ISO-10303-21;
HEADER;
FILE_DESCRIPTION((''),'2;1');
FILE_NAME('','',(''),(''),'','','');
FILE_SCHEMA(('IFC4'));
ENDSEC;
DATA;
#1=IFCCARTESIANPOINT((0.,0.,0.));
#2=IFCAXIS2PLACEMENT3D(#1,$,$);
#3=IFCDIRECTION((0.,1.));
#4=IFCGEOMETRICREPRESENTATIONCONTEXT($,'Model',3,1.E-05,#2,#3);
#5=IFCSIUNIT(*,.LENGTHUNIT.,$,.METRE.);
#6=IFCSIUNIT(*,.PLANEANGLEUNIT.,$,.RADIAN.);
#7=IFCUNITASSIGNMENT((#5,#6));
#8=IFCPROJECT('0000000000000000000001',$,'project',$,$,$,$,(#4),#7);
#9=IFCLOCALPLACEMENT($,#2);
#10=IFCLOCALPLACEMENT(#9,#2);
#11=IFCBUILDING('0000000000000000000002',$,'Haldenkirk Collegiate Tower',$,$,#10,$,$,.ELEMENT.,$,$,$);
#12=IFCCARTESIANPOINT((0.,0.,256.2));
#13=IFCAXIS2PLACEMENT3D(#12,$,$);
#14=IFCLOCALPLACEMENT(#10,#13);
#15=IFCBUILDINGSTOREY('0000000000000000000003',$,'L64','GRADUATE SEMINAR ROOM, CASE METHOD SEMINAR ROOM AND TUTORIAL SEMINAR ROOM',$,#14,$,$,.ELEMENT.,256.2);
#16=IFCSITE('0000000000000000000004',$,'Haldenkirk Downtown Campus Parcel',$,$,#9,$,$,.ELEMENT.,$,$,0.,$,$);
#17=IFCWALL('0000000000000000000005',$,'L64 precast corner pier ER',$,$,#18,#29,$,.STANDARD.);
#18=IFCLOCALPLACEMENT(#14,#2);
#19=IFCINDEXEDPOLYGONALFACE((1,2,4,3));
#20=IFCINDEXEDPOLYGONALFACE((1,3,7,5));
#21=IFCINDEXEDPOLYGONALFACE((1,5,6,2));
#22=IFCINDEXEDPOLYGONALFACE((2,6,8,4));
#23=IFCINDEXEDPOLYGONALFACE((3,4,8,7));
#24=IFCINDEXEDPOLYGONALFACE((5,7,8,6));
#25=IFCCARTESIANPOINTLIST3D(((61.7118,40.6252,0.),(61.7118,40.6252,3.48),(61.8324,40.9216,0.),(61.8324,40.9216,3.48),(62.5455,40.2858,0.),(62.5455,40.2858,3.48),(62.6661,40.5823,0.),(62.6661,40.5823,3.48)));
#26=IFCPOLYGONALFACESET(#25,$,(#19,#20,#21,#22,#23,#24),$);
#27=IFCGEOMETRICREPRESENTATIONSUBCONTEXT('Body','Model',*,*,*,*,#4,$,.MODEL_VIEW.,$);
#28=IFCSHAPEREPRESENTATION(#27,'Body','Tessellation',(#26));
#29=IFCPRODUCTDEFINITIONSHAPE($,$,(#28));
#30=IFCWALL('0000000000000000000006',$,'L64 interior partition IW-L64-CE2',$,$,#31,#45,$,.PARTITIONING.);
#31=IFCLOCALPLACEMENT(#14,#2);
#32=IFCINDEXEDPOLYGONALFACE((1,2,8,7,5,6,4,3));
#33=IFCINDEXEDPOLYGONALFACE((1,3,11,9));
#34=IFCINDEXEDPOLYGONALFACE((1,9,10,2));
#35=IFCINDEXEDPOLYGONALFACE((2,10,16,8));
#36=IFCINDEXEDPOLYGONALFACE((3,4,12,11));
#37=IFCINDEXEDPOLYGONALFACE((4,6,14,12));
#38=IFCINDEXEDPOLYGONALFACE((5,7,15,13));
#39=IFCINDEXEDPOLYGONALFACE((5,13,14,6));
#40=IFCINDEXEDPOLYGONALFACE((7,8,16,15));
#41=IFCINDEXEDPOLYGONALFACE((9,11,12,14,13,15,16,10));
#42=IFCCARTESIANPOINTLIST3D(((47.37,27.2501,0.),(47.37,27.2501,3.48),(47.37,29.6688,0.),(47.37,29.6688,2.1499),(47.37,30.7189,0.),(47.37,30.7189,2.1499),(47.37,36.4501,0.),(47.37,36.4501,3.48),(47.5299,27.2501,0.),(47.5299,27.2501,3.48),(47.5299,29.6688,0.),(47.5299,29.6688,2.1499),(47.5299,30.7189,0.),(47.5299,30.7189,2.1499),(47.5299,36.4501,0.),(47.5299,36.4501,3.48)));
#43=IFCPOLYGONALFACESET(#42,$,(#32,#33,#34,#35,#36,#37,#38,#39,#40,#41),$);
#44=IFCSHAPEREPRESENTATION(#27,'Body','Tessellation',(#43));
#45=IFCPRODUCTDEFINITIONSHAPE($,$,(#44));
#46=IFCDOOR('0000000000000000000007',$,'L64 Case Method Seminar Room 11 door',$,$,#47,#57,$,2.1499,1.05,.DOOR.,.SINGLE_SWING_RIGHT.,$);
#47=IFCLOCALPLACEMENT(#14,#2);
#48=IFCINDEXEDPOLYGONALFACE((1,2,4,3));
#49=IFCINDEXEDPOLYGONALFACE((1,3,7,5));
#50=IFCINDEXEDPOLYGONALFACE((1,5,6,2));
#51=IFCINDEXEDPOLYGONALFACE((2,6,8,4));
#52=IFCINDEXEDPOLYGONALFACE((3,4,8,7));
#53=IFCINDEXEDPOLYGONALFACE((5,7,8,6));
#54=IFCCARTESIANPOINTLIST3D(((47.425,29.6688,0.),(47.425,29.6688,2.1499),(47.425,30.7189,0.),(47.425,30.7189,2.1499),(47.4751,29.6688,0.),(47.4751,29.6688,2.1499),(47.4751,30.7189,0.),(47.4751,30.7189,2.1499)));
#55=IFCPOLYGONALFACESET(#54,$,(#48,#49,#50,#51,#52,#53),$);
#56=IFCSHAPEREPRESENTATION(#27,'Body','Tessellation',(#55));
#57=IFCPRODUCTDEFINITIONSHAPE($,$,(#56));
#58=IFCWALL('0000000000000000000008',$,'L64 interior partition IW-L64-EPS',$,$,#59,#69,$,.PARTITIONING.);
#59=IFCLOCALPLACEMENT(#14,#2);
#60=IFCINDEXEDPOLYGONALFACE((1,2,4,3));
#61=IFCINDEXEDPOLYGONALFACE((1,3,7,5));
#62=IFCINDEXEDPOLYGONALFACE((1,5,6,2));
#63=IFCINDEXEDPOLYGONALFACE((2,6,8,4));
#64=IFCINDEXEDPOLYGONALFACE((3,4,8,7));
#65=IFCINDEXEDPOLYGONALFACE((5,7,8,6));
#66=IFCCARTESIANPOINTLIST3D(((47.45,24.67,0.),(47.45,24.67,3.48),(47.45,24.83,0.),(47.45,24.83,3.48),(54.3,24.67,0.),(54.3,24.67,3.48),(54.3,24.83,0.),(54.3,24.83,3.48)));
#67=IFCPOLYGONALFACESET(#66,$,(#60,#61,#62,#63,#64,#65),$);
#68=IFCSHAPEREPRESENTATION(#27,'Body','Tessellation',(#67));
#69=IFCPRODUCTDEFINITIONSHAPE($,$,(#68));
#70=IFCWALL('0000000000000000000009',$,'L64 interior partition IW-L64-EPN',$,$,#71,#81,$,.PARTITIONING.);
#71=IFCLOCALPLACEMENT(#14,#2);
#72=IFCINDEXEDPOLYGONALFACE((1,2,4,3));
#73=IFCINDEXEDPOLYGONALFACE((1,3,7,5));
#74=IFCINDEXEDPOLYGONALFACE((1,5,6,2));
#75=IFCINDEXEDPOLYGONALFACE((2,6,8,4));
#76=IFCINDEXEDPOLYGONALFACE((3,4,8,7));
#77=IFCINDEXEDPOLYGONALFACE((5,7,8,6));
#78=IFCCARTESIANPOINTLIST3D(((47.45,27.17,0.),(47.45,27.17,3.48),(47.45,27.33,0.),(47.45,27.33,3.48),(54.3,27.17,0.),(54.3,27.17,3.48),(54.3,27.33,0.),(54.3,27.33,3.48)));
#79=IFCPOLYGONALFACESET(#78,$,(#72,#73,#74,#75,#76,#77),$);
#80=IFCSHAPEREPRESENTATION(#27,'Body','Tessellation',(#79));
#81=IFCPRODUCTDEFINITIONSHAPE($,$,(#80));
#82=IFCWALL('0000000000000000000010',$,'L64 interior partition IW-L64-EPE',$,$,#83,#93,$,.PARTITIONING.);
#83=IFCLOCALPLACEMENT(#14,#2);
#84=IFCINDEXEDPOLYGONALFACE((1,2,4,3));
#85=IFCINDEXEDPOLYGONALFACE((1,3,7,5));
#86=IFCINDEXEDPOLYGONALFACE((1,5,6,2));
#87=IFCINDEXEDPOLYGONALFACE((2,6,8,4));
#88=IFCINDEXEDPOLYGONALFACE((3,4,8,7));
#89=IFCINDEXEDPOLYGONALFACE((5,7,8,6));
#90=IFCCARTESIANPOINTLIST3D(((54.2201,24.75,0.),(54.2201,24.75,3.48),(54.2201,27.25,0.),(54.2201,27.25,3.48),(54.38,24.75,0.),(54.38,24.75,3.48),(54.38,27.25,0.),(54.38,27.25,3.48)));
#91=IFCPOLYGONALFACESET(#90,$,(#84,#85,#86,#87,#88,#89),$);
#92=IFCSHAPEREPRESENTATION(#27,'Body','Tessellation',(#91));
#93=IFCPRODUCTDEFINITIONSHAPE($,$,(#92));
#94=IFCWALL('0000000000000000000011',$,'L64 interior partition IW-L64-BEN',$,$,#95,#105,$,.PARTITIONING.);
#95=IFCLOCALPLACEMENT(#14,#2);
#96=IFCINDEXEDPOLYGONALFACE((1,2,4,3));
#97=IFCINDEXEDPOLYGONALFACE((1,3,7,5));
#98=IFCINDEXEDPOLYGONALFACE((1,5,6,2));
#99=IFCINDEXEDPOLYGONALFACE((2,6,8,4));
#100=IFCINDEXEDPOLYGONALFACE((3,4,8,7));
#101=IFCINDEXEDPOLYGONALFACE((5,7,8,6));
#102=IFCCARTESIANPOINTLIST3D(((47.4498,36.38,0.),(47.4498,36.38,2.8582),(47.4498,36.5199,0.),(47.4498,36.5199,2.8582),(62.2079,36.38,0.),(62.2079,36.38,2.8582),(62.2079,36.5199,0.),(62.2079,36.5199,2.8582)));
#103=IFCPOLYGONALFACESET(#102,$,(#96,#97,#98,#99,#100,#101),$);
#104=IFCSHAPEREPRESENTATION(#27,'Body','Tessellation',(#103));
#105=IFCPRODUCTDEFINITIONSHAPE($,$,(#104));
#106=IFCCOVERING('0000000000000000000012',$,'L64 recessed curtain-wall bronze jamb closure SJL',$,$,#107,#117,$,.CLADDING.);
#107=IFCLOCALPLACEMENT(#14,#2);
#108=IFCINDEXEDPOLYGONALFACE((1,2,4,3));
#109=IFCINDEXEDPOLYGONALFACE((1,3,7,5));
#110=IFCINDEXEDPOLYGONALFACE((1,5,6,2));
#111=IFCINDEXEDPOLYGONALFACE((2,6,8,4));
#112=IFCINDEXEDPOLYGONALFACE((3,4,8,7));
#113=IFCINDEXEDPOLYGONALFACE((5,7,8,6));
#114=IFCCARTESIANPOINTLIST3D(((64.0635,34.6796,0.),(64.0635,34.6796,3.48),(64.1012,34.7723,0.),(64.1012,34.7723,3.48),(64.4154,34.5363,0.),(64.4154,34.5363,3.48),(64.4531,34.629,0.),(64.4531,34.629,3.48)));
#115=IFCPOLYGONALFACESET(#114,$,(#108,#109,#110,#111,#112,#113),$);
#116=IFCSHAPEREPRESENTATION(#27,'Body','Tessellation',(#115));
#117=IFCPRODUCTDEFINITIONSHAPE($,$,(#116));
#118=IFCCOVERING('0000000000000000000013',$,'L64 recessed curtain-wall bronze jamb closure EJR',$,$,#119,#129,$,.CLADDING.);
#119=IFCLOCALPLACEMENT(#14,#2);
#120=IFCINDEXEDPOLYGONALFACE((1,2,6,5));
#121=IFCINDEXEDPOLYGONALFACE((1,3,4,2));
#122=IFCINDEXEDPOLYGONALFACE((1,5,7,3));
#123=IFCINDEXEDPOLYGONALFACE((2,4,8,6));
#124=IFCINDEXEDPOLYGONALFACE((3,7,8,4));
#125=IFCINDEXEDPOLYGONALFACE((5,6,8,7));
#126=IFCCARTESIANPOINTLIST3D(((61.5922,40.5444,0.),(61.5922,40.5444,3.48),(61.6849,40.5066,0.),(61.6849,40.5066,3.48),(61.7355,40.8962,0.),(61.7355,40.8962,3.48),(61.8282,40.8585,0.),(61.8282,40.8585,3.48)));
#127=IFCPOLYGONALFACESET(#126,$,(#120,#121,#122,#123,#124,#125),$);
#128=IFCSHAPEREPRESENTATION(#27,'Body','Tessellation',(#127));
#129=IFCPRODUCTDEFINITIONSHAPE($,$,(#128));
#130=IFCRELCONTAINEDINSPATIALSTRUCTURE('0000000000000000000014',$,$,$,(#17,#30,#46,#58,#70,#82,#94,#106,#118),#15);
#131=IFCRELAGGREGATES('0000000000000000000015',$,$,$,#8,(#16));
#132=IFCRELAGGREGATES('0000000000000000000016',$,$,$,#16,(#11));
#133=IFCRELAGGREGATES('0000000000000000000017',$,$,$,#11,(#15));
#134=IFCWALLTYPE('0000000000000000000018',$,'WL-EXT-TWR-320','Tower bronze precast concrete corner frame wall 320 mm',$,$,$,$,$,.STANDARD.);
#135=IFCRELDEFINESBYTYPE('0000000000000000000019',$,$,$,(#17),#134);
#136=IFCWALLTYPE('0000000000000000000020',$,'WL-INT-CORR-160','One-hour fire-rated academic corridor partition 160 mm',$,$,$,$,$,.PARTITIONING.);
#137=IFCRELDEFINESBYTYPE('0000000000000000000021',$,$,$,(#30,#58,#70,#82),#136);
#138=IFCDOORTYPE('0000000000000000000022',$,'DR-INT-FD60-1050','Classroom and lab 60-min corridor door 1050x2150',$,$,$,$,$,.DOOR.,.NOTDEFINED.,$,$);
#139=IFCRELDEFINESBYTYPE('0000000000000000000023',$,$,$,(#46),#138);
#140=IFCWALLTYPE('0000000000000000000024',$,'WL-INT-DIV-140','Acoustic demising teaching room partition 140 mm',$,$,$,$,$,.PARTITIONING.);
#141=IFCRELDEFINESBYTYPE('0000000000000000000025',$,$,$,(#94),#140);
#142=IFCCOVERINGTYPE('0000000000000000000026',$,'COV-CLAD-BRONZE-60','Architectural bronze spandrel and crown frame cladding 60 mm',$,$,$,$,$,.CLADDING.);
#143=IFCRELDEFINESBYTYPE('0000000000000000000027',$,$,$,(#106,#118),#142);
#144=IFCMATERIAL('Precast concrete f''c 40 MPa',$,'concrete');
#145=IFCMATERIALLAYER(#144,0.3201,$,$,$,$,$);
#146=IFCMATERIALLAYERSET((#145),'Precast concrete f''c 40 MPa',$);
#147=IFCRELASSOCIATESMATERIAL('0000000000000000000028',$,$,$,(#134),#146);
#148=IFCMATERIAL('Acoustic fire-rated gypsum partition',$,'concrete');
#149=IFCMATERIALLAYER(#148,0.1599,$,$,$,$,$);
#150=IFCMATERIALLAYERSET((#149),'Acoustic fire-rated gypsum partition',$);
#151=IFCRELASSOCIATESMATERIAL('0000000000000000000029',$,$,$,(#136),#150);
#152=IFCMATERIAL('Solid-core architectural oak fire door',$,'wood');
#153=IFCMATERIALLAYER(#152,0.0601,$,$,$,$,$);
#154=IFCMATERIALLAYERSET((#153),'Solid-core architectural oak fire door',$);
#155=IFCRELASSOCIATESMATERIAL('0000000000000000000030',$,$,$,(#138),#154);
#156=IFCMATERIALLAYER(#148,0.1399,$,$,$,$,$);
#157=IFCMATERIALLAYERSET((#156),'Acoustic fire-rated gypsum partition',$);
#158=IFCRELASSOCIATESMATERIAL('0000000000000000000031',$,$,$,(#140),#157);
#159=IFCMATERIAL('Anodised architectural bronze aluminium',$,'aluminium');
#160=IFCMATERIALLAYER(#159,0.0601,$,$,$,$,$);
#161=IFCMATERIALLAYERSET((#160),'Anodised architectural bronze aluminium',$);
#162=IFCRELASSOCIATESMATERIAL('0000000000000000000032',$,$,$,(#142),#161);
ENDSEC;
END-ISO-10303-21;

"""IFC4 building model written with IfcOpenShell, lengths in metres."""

from ifc_helpers import new_model, si_unit, direction, frame, frame_2d, origin, origin_2d, place, context, subcontext, project, spatial, rectangle, extrude, source, transform, mapped, material, layer, layer_set, type_object, element, fill, save


model = new_model("IFC4")

# Units and contexts
model_context = context("Model", 3, precision=1e-05, world=origin(), true_north=direction((0.0, 1.0)))
body_context = subcontext(model_context, "Body", "Model", "MODEL_VIEW")
ifc_project = project(units=[si_unit("LENGTHUNIT", "METRE"), si_unit("PLANEANGLEUNIT", "RADIAN")], contexts=[model_context])

# Site, building, storey
site_placement = place(None, origin())
site = spatial("IfcSite", under=ifc_project, at=site_placement, Name="Haldenkirk Downtown Campus Parcel", CompositionType="ELEMENT", RefElevation=0.0)
building_placement = place(site_placement, origin())
building = spatial("IfcBuilding", under=site, at=building_placement, Name="Haldenkirk Collegiate Tower", CompositionType="ELEMENT")
storey_placement = place(building_placement, frame((0.0, 0.0, 256.2)))
storey = spatial("IfcBuildingStorey", under=building, at=storey_placement, Name="L64", Description="GRADUATE SEMINAR ROOM, CASE METHOD SEMINAR ROOM AND TUTORIAL SEMINAR ROOM", CompositionType="ELEMENT", Elevation=256.2)

# Shared definitions
ifc_material_1 = material(Name="Anodised architectural bronze aluminium", Category="aluminium")

# Shared definitions
ifc_material_2 = material(Name="Precast concrete f'c 40 MPa", Category="concrete")
ifc_layer_1 = layer(ifc_material_2, 0.3201)
ifc_layer_set_1 = layer_set([ifc_layer_1], Name="Precast concrete f'c 40 MPa")
wall_type_1 = type_object("IfcWallType", Name="WL-EXT-TWR-320", Description="Tower bronze precast concrete corner frame wall 320 mm", PredefinedType="STANDARD", material=ifc_layer_set_1)

# Wall
wall_1_placement = place(storey_placement, frame((61.772, 40.7734, 0.0), z_axis=(0.0, 0.0, 1.0), x_axis=(0.926215, -0.376995, 0.0)))
element("IfcWall", 1, at=wall_1_placement, inside=storey, type_object=wall_type_1, Name="L64 precast corner pier ER", PredefinedType="STANDARD", context=body_context, shape_type="SweptSolid", body=[
    extrude(rectangle(XDim=0.9001, YDim=0.3201, at=frame_2d((0.4502, 0.0))), origin(), (0.0, 0.0, 1.0), 3.48),
])

# Wall, opening, door
ifc_material_3 = material(Name="Acoustic fire-rated gypsum partition", Category="concrete")
ifc_layer_2 = layer(ifc_material_3, 0.1599)
ifc_layer_set_2 = layer_set([ifc_layer_2], Name="Acoustic fire-rated gypsum partition")
wall_type_2 = type_object("IfcWallType", Name="WL-INT-CORR-160", Description="One-hour fire-rated academic corridor partition 160 mm", PredefinedType="PARTITIONING", material=ifc_layer_set_2)
wall_2_placement = place(storey_placement, frame((47.45, 27.25, 0.0), z_axis=(0.0, 0.0, 1.0), x_axis=(0.0, 1.0, 0.0)))
wall_2 = element("IfcWall", 2, at=wall_2_placement, inside=storey, type_object=wall_type_2, Name="L64 interior partition IW-L64-CE2", PredefinedType="PARTITIONING", context=body_context, shape_type="SweptSolid", body=[
    extrude(rectangle(XDim=9.2, YDim=0.1599, at=frame_2d((4.6001, 0.0))), origin(), (0.0, 0.0, 1.0), 3.48),
])
opening_1_placement = place(wall_2_placement, frame((2.4189, 0.0, 0.0)))
opening_1 = element("IfcOpeningElement", 3, at=opening_1_placement, cuts=wall_2, PredefinedType="OPENING", context=body_context, shape_type="SweptSolid", body=[
    extrude(rectangle(XDim=1.05, YDim=2.1499, at=frame_2d((0.5249, 1.075))), frame((0.0, 0.0898, 0.0), z_axis=(0.0, -1.0, 0.0), x_axis=(1.0, 0.0, 0.0)), (0.0, 0.0, 1.0), 0.1799),
])
ifc_material_4 = material(Name="Solid-core architectural oak fire door", Category="wood")
ifc_layer_3 = layer(ifc_material_4, 0.0601)
ifc_layer_set_3 = layer_set([ifc_layer_3], Name="Solid-core architectural oak fire door")
door_type = type_object("IfcDoorType", Name="DR-INT-FD60-1050", Description="Classroom and lab 60-min corridor door 1050x2150", OperationType="NOTDEFINED", PredefinedType="DOOR", material=ifc_layer_set_3)
door_placement = place(opening_1_placement, origin())
door = element("IfcDoor", 4, at=door_placement, inside=storey, type_object=door_type, Name="L64 Case Method Seminar Room 11 door", OperationType="SINGLE_SWING_RIGHT", OverallHeight=2.1499, OverallWidth=1.05, PredefinedType="DOOR", context=body_context, shape_type="SweptSolid", body=[
    extrude(rectangle(XDim=1.05, YDim=2.1499, at=frame_2d((0.5249, 1.075))), frame((0.0, 0.0249, 0.0), z_axis=(0.0, -1.0, 0.0), x_axis=(1.0, 0.0, 0.0)), (0.0, 0.0, 1.0), 0.05),
])
fill(opening_1, door)

# Walls
for number, where, z_axis, x_axis, name in (
    (5, (47.45, 24.75, 0.0), (0.0, 0.0, 1.0), (1.0, 0.0, 0.0), "L64 interior partition IW-L64-EPS"),
    (6, (47.45, 27.25, 0.0), (0.0, 0.0, 1.0), (1.0, 0.0, 0.0), "L64 interior partition IW-L64-EPN"),
):
    element("IfcWall", number, at=place(storey_placement, frame(where, z_axis=z_axis, x_axis=x_axis)), inside=storey, type_object=wall_type_2, Name=name, PredefinedType="PARTITIONING", context=body_context, shape_type="SweptSolid", body=[
        extrude(rectangle(XDim=6.8501, YDim=0.1599, at=frame_2d((3.425, 0.0))), origin(), (0.0, 0.0, 1.0), 3.48),
    ])
wall_3_placement = place(storey_placement, frame((54.3, 24.75, 0.0), z_axis=(0.0, 0.0, 1.0), x_axis=(0.0, 1.0, 0.0)))
element("IfcWall", 7, at=wall_3_placement, inside=storey, type_object=wall_type_2, Name="L64 interior partition IW-L64-EPE", PredefinedType="PARTITIONING", context=body_context, shape_type="SweptSolid", body=[
    extrude(rectangle(XDim=2.5, YDim=0.1599, at=frame_2d((1.25, 0.0))), origin(), (0.0, 0.0, 1.0), 3.48),
])
ifc_layer_4 = layer(ifc_material_3, 0.1399)
ifc_layer_set_4 = layer_set([ifc_layer_4], Name="Acoustic fire-rated gypsum partition")
wall_type_3 = type_object("IfcWallType", Name="WL-INT-DIV-140", Description="Acoustic demising teaching room partition 140 mm", PredefinedType="PARTITIONING", material=ifc_layer_set_4)
wall_4_placement = place(storey_placement, frame((47.45, 36.45, 0.0), z_axis=(0.0, 0.0, 1.0), x_axis=(1.0, 0.0, 0.0)))
element("IfcWall", 8, at=wall_4_placement, inside=storey, type_object=wall_type_3, Name="L64 interior partition IW-L64-BEN", PredefinedType="PARTITIONING", context=body_context, shape_type="SweptSolid", body=[
    extrude(rectangle(XDim=14.7581, YDim=0.1399, at=frame_2d((7.3789, 0.0))), origin(), (0.0, 0.0, 1.0), 2.8582),
])

# Coverings
ifc_layer_5 = layer(ifc_material_1, 0.0601)
ifc_layer_set_5 = layer_set([ifc_layer_5], Name="Anodised architectural bronze aluminium")
covering_type = type_object("IfcCoveringType", Name="COV-CLAD-BRONZE-60", Description="Architectural bronze spandrel and crown frame cladding 60 mm", PredefinedType="CLADDING", material=ifc_layer_set_5)
shared_shape_1 = source(origin(), body_context, "Body", "SweptSolid", [
    extrude(rectangle(XDim=0.1001, YDim=0.3799, at=origin_2d()), origin(), (0.0, 0.0, 1.0), 3.48),
])
for number, where, z_axis, x_axis, name in (
    (9, (64.2583, 34.6543, 0.0), (0.0, 0.0, 1.0), (-0.377033, -0.9262, 0.0), "L64 recessed curtain-wall bronze jamb closure SJL"),
    (10, (61.7102, 40.7014, 0.0), (0.0, 0.0, 1.0), (0.9262, -0.377033, 0.0), "L64 recessed curtain-wall bronze jamb closure EJR"),
):
    element("IfcCovering", number, at=place(storey_placement, frame(where, z_axis=z_axis, x_axis=x_axis)), inside=storey, type_object=covering_type, Name=name, PredefinedType="CLADDING", context=body_context, shape_type="MappedRepresentation", body=[
        mapped(shared_shape_1, transform((0.0, 0.0, 0.0), x_axis=(1.0, 0.0, 0.0), y_axis=(0.0, 1.0, 0.0), z_axis=(0.0, 0.0, 1.0), scale=1.0)),
    ])

save(model, "model.ifc")
